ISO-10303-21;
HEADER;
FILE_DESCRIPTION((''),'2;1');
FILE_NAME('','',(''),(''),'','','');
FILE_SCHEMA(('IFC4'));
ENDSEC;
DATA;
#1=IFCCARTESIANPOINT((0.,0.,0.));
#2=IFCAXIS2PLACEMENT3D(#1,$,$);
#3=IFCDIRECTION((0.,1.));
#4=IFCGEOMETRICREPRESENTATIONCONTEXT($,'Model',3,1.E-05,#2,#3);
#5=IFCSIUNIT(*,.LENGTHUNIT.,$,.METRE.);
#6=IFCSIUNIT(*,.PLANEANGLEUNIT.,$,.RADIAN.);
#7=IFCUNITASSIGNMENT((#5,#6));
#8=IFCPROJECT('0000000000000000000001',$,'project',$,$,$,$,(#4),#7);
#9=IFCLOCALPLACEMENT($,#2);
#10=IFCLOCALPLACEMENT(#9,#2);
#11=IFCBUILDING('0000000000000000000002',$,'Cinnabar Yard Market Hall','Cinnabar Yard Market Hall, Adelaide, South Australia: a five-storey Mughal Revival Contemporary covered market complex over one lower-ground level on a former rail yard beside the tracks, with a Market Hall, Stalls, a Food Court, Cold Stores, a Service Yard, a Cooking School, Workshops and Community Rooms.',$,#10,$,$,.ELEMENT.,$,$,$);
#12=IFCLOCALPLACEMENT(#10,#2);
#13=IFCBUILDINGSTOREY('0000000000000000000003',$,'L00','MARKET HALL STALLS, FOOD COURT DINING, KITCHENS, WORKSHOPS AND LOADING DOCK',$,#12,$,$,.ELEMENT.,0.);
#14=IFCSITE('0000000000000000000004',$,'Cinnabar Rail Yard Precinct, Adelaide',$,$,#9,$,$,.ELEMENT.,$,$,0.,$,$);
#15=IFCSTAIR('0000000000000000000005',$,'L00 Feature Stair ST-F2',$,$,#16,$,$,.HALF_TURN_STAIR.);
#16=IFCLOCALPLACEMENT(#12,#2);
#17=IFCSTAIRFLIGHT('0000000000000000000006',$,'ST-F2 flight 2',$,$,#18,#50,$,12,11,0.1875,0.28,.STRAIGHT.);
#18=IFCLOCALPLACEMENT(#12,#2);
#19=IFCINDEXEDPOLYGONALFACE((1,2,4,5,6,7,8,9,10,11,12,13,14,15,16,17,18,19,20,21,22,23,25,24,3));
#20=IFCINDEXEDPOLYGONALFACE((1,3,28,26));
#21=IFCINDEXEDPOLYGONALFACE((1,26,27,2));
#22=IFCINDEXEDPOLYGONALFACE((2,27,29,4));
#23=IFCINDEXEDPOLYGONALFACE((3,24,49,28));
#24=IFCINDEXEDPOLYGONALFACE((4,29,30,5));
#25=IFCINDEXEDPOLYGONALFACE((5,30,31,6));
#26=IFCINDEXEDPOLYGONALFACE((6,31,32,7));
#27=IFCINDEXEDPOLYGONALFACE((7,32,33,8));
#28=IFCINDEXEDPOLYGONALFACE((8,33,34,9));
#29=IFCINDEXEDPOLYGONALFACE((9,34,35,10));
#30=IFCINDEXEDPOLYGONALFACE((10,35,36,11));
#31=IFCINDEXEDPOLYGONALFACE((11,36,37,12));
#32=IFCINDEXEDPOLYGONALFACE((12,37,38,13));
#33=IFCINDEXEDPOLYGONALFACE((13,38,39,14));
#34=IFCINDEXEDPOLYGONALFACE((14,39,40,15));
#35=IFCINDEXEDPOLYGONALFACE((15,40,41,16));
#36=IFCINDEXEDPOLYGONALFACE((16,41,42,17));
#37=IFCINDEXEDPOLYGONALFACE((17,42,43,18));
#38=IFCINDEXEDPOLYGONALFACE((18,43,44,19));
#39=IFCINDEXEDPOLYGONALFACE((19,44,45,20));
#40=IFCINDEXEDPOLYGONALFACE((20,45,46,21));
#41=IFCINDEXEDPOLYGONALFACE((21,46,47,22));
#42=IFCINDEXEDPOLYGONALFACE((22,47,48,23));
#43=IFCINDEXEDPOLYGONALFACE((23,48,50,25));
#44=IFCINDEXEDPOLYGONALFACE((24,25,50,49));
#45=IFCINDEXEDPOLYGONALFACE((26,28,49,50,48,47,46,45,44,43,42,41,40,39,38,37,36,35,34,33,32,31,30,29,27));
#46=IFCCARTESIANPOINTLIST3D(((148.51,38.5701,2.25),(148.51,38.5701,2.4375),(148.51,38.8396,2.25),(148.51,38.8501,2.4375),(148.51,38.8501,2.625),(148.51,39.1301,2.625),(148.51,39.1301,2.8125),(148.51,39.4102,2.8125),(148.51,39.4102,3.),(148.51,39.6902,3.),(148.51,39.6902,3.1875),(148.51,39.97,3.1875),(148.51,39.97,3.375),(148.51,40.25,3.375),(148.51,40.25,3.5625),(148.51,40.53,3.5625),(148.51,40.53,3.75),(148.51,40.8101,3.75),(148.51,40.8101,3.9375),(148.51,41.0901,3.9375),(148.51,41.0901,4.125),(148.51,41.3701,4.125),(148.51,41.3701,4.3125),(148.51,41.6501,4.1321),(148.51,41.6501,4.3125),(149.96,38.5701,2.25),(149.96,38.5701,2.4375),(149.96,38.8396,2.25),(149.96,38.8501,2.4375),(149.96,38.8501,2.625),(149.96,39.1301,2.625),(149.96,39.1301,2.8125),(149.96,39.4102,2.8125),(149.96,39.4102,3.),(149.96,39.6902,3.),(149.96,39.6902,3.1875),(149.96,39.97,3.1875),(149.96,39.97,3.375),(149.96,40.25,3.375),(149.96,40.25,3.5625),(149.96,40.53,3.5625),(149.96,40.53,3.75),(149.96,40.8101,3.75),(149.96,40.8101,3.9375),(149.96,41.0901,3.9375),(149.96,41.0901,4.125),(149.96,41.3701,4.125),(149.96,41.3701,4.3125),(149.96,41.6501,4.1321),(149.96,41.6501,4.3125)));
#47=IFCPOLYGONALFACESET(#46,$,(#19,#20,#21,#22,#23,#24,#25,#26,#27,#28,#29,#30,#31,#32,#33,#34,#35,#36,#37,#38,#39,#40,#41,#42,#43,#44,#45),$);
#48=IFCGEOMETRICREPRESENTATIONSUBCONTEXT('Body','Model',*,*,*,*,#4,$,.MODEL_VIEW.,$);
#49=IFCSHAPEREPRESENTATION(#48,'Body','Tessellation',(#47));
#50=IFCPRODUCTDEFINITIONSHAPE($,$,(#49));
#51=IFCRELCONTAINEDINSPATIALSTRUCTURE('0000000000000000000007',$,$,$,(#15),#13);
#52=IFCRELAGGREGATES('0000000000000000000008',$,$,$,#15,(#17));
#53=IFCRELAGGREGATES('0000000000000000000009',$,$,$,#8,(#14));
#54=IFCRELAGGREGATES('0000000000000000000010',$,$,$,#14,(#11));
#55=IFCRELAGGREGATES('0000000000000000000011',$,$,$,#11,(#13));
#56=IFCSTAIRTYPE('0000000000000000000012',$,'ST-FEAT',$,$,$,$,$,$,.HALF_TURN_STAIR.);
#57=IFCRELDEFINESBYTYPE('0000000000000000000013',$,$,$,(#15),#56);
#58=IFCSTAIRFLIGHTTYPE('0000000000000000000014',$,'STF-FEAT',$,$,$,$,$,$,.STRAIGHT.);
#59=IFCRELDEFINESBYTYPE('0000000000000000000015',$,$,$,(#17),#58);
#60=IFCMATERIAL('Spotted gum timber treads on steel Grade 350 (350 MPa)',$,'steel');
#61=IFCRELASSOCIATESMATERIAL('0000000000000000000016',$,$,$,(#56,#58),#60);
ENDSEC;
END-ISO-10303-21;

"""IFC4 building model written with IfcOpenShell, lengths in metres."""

from ifc_helpers import new_model, si_unit, direction, frame, origin, place, context, subcontext, project, spatial, polyline, outline, extrude, material, type_object, element, aggregate, save


model = new_model("IFC4")

# Units and contexts
model_context = context("Model", 3, precision=1e-05, world=origin(), true_north=direction((0.0, 1.0)))
body_context = subcontext(model_context, "Body", "Model", "MODEL_VIEW")
ifc_project = project(units=[si_unit("LENGTHUNIT", "METRE"), si_unit("PLANEANGLEUNIT", "RADIAN")], contexts=[model_context])

# Site, building, storey
site_placement = place(None, origin())
site = spatial("IfcSite", under=ifc_project, at=site_placement, Name="Cinnabar Rail Yard Precinct, Adelaide", CompositionType="ELEMENT", RefElevation=0.0)
building_placement = place(site_placement, origin())
building = spatial("IfcBuilding", under=site, at=building_placement, Name="Cinnabar Yard Market Hall", Description="Cinnabar Yard Market Hall, Adelaide, South Australia: a five-storey Mughal Revival Contemporary covered market complex over one lower-ground level on a former rail yard beside the tracks, with a Market Hall, Stalls, a Food Court, Cold Stores, a Service Yard, a Cooking School, Workshops and Community Rooms.", CompositionType="ELEMENT")
storey_placement = place(building_placement, origin())
storey = spatial("IfcBuildingStorey", under=building, at=storey_placement, Name="L00", Description="MARKET HALL STALLS, FOOD COURT DINING, KITCHENS, WORKSHOPS AND LOADING DOCK", CompositionType="ELEMENT", Elevation=0.0)

# Stair, stair flight
ifc_material_1 = material(Name="Spotted gum timber treads on steel Grade 350 (350 MPa)", Category="steel")
stair_type = type_object("IfcStairType", Name="ST-FEAT", PredefinedType="HALF_TURN_STAIR", material=ifc_material_1)
stair_placement = place(storey_placement, origin())
stair = element("IfcStair", 1, at=stair_placement, inside=storey, type_object=stair_type, Name="L00 Feature Stair ST-F2", PredefinedType="HALF_TURN_STAIR")
stair_flight_type = type_object("IfcStairFlightType", Name="STF-FEAT", PredefinedType="STRAIGHT", material=ifc_material_1)
stair_flight_1_placement = place(storey_placement, frame((149.2351, 38.5701, 2.25), z_axis=(0.0, 0.0, 1.0), x_axis=(0.0, 1.0, 0.0)))
stair_flight_1 = element("IfcStairFlight", 2, at=stair_flight_1_placement, type_object=stair_flight_type, Name="ST-F2 flight 2", NumberOfRisers=12, NumberOfTreads=11, PredefinedType="STRAIGHT", RiserHeight=0.1875, TreadLength=0.28, context=body_context, shape_type="SweptSolid", body=[
    extrude(outline(polyline([(0.0, 0.0), (0.0, 0.1875), (0.28, 0.1875), (0.28, 0.375), (0.5601, 0.375), (0.5601, 0.5625), (0.8401, 0.5625), (0.8401, 0.75), (1.1201, 0.75), (1.1201, 0.9375), (1.3999, 0.9375), (1.3999, 1.125), (1.6799, 1.125), (1.6799, 1.3125), (1.96, 1.3125), (1.96, 1.5), (2.24, 1.5), (2.24, 1.6875), (2.52, 1.6875), (2.52, 1.875), (2.8, 1.875), (2.8, 2.0625), (3.0801, 2.0625), (3.0801, 2.25), (3.0801, 1.8821), (0.2695, 0.0), (0.0, 0.0)])), frame((0.0, 0.7251, 0.0), z_axis=(0.0, -1.0, 0.0), x_axis=(1.0, 0.0, 0.0)), (0.0, 0.0, 1.0), 1.45),
])
aggregate(stair, [stair_flight_1])

save(model, "model.ifc")
